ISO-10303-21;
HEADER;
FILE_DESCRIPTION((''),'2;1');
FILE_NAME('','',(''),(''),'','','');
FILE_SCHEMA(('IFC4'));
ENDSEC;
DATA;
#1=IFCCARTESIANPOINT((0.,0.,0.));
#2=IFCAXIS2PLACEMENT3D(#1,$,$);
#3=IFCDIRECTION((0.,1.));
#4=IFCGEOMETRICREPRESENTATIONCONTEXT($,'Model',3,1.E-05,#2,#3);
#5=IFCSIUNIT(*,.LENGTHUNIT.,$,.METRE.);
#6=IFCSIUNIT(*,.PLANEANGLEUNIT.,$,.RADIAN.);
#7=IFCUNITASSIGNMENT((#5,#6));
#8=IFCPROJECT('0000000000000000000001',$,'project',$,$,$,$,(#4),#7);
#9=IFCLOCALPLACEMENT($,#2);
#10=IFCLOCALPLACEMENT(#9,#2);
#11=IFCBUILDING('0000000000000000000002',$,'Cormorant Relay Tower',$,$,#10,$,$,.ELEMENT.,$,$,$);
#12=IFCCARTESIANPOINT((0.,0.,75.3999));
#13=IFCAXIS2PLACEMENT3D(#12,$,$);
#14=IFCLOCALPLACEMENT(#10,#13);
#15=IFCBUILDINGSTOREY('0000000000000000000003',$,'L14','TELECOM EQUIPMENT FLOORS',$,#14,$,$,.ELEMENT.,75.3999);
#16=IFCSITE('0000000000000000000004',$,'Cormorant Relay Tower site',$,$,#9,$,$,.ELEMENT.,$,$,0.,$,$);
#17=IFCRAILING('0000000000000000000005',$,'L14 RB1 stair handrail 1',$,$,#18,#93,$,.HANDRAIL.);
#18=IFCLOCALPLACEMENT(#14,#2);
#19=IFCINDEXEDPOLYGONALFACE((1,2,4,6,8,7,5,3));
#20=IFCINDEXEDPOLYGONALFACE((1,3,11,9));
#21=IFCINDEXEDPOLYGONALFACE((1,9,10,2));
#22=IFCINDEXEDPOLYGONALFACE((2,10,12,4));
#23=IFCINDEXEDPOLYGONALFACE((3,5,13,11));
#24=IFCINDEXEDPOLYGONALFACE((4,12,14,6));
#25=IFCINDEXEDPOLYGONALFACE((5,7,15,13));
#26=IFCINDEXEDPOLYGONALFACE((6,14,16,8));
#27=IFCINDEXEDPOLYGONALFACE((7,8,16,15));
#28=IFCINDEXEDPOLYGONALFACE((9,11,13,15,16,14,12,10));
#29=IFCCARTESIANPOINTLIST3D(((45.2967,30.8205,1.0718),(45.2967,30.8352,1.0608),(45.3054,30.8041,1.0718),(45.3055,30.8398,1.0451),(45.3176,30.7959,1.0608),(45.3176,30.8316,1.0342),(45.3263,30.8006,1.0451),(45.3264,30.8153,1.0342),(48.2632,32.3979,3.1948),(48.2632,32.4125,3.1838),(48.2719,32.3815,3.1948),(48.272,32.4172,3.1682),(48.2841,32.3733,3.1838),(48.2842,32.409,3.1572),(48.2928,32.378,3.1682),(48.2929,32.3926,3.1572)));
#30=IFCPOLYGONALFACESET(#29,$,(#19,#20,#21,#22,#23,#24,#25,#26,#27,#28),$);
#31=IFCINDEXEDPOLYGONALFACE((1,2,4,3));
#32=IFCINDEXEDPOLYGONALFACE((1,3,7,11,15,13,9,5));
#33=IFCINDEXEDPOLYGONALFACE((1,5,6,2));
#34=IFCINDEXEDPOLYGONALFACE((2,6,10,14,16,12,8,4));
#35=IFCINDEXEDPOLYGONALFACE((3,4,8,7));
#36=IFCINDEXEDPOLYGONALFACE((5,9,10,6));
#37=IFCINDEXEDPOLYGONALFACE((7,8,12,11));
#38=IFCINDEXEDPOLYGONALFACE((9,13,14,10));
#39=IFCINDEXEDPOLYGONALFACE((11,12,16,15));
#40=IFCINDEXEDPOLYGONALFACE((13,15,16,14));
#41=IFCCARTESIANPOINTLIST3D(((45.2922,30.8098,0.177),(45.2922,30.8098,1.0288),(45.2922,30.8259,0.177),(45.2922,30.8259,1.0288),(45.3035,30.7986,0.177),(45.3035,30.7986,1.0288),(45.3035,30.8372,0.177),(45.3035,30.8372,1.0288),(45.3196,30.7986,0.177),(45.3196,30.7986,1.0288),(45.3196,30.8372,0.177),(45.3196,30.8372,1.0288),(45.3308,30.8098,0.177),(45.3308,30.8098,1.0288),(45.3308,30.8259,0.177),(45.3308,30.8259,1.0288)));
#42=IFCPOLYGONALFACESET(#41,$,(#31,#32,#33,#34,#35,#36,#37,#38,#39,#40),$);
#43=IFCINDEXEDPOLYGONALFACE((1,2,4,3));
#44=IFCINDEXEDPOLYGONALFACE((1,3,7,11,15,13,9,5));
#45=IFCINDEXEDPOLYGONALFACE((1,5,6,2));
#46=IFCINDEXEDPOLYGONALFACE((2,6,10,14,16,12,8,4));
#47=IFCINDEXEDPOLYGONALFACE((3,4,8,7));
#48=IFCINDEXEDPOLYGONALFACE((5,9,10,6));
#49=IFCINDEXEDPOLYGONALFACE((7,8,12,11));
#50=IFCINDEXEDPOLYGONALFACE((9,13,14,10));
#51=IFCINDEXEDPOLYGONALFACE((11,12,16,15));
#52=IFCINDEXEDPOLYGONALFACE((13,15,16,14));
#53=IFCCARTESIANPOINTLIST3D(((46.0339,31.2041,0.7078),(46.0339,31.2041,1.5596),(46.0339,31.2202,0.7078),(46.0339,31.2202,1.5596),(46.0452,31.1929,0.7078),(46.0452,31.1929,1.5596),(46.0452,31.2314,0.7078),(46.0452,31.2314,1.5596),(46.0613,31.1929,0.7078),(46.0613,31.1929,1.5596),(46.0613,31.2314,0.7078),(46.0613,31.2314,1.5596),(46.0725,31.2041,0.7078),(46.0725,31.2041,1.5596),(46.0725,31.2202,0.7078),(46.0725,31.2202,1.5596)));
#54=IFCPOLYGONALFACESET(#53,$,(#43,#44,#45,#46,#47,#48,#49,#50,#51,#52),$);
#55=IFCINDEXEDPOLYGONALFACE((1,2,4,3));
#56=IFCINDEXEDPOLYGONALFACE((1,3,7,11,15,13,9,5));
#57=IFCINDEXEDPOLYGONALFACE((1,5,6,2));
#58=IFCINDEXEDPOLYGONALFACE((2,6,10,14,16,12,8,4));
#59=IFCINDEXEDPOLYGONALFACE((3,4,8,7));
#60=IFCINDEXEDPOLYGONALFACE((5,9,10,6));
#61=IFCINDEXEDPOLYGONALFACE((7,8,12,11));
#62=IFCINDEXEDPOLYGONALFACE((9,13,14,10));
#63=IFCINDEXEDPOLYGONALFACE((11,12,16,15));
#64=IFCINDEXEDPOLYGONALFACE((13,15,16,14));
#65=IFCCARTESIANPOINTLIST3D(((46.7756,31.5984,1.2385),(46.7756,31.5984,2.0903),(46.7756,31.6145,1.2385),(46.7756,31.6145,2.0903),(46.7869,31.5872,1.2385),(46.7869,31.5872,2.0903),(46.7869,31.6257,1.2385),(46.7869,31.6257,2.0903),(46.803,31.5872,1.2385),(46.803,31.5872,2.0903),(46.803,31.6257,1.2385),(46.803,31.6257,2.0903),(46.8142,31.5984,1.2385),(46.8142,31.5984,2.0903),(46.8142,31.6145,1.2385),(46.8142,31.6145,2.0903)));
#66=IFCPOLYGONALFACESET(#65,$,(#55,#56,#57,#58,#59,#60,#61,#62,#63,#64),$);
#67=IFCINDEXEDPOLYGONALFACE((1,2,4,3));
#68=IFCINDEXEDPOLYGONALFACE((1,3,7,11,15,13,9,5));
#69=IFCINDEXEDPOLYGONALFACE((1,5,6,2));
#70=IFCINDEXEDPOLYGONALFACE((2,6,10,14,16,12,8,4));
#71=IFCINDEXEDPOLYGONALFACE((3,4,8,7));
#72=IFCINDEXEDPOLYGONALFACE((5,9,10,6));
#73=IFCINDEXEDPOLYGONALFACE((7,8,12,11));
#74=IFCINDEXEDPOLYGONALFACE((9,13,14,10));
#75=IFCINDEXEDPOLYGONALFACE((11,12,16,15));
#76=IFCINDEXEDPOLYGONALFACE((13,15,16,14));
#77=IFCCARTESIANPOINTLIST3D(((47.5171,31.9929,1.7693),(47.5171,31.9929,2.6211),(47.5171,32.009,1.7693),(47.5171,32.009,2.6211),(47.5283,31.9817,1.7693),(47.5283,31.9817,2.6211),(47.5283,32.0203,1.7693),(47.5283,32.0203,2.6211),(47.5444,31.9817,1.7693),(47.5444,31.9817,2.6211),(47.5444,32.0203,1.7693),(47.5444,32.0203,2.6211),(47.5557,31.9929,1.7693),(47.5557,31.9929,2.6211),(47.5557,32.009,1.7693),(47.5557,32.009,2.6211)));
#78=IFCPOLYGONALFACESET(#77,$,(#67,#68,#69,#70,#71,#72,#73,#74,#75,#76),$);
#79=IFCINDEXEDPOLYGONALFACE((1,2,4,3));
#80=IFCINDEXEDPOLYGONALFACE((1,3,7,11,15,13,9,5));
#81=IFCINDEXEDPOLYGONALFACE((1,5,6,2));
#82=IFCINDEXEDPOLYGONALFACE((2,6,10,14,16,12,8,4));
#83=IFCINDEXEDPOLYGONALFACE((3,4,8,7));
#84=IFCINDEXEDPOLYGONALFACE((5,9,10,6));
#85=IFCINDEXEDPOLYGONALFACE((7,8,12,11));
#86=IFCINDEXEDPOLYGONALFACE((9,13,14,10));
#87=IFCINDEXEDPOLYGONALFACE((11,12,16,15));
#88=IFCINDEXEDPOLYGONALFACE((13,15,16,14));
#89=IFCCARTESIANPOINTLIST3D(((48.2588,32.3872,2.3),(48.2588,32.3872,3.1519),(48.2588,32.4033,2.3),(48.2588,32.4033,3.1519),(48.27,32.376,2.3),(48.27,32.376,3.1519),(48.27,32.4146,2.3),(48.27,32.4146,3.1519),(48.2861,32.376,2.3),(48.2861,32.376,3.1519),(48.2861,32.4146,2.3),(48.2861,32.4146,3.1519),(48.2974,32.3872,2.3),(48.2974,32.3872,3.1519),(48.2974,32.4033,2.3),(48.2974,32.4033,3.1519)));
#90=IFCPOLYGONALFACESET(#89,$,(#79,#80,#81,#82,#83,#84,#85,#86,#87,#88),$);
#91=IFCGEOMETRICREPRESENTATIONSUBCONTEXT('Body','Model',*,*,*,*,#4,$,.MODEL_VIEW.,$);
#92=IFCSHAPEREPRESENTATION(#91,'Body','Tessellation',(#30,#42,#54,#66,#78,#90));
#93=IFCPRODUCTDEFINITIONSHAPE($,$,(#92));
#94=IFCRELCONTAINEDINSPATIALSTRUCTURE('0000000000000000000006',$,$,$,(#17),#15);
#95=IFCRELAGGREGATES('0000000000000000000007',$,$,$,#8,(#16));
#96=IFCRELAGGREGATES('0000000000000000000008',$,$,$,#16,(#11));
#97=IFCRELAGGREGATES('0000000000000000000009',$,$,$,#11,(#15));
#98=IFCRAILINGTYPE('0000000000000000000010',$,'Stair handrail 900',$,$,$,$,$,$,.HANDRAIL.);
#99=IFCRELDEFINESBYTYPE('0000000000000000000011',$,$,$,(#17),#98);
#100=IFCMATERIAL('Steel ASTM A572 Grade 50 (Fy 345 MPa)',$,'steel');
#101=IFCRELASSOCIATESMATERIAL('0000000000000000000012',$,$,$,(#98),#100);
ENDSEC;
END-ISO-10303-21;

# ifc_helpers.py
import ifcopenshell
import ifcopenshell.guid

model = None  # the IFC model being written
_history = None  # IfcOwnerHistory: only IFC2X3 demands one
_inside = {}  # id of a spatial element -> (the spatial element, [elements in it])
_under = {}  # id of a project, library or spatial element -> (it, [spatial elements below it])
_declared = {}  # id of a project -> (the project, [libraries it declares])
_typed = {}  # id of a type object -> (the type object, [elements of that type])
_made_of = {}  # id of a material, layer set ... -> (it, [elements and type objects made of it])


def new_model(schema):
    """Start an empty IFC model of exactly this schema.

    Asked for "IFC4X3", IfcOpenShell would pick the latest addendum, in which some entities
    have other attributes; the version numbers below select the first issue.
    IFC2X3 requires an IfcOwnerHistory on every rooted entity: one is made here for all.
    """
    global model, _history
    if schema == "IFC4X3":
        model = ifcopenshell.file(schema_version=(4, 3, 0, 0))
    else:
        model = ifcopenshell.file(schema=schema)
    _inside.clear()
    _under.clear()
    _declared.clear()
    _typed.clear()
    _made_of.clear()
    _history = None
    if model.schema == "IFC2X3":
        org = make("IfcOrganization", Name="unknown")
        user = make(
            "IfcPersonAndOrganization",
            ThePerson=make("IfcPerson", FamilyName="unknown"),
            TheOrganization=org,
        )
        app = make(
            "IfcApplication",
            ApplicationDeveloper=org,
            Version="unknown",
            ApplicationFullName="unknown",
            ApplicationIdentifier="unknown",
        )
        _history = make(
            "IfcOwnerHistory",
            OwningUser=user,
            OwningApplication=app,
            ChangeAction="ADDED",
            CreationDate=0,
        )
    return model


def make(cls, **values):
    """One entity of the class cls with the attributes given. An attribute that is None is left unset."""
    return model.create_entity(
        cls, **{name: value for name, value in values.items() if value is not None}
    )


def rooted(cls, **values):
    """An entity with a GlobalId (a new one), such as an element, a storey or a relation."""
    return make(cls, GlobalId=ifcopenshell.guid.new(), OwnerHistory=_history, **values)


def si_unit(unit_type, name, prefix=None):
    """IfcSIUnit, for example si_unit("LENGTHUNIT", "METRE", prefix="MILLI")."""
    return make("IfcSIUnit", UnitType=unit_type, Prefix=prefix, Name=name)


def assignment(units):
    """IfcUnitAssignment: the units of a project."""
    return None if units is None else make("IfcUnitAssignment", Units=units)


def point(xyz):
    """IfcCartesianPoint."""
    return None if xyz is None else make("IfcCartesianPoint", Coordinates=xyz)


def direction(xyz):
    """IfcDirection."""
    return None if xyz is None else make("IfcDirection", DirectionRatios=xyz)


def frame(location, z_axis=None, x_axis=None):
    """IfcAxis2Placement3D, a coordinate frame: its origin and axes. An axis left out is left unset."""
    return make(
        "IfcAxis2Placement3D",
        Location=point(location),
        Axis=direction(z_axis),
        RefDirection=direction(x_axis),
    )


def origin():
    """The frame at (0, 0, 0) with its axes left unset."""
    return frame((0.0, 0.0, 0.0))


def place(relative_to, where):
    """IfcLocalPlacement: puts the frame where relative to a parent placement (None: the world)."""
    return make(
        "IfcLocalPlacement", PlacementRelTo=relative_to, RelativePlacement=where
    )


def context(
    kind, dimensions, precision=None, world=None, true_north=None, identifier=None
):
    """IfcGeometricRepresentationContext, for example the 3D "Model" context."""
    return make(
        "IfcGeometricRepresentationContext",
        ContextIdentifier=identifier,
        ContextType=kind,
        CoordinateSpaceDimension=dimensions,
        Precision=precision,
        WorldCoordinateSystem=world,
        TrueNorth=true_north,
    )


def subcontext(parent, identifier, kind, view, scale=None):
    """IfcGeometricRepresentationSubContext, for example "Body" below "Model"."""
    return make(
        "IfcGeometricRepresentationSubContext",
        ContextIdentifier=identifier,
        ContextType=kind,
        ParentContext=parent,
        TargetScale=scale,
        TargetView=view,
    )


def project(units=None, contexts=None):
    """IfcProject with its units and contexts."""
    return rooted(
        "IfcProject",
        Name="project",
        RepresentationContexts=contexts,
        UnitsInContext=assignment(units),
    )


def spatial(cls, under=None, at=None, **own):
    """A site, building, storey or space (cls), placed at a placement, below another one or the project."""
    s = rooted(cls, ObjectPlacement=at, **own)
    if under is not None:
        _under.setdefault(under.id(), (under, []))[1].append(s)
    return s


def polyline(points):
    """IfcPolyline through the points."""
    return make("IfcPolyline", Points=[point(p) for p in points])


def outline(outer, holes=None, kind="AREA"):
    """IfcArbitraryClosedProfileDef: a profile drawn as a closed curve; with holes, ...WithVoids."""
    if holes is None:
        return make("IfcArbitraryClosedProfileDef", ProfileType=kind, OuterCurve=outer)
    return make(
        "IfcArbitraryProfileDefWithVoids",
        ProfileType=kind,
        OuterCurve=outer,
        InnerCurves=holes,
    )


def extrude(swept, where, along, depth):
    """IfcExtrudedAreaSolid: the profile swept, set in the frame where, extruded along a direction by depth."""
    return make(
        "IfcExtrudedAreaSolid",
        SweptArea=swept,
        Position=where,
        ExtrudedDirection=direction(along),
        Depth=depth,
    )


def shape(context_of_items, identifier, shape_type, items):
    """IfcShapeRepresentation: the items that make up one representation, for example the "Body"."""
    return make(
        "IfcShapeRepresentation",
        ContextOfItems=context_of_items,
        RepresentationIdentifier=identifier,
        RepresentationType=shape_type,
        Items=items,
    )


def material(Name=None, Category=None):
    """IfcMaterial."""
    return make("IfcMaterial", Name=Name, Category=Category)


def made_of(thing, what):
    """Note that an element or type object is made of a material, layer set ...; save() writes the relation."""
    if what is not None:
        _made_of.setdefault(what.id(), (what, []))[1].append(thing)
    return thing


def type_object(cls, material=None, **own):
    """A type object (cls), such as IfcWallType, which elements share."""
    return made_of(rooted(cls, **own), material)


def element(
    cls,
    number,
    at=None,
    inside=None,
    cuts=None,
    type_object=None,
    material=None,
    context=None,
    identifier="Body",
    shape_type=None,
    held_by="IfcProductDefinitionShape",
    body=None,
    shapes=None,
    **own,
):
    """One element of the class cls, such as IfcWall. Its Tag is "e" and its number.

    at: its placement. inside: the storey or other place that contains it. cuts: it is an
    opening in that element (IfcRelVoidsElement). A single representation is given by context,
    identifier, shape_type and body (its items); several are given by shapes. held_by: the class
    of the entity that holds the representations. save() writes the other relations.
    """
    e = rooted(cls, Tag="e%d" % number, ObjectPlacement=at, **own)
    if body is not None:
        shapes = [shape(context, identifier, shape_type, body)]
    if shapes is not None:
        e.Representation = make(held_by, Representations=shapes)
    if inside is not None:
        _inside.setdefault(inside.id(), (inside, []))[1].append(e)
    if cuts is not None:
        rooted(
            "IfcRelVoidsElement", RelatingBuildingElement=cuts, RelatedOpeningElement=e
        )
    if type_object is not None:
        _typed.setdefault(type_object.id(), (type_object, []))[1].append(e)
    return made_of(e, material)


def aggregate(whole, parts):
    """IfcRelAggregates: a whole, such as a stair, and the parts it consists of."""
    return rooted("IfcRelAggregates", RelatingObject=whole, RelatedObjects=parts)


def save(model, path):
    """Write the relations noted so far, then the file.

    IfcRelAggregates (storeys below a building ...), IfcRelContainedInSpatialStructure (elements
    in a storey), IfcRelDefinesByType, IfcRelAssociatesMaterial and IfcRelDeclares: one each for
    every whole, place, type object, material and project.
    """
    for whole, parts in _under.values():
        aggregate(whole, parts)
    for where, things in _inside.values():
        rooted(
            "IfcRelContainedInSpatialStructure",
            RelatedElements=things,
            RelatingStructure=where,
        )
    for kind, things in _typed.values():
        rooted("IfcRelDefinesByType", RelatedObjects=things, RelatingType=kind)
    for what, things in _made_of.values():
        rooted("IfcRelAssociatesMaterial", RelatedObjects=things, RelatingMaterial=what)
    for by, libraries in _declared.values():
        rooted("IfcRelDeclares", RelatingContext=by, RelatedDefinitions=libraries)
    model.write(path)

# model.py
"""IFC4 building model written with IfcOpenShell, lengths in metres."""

from ifc_helpers import new_model, si_unit, direction, frame, origin, place, context, subcontext, project, spatial, polyline, outline, extrude, material, type_object, element, save


model = new_model("IFC4")

# Units and contexts
model_context = context("Model", 3, precision=1e-05, world=origin(), true_north=direction((0.0, 1.0)))
body_context = subcontext(model_context, "Body", "Model", "MODEL_VIEW")
ifc_project = project(units=[si_unit("LENGTHUNIT", "METRE"), si_unit("PLANEANGLEUNIT", "RADIAN")], contexts=[model_context])

# Site, building, storey
site_placement = place(None, origin())
site = spatial("IfcSite", under=ifc_project, at=site_placement, Name="Cormorant Relay Tower site", CompositionType="ELEMENT", RefElevation=0.0)
building_placement = place(site_placement, origin())
building = spatial("IfcBuilding", under=site, at=building_placement, Name="Cormorant Relay Tower", CompositionType="ELEMENT")
storey_placement = place(building_placement, frame((0.0, 0.0, 75.3999)))
storey = spatial("IfcBuildingStorey", under=building, at=storey_placement, Name="L14", Description="TELECOM EQUIPMENT FLOORS", CompositionType="ELEMENT", Elevation=75.3999)

# Railing
ifc_material_1 = material(Name="Steel ASTM A572 Grade 50 (Fy 345 MPa)", Category="steel")
railing_type_1 = type_object("IfcRailingType", Name="Stair handrail 900", PredefinedType="HANDRAIL", material=ifc_material_1)
railing_1_placement = place(storey_placement, frame((45.3115, 30.8179, 0.177)))
element("IfcRailing", 1, at=railing_1_placement, inside=storey, type_object=railing_type_1, Name="L14 RB1 stair handrail 1", PredefinedType="HANDRAIL", context=body_context, shape_type="SweptSolid", body=[
    extrude(outline(polyline([(0.0222, 0.0093), (0.0093, 0.0222), (-0.0093, 0.0222), (-0.0222, 0.0093), (-0.0222, -0.0093), (-0.0093, -0.0222), (0.0093, -0.0222), (0.0222, -0.0093), (0.0222, 0.0093)])), frame((0.0, 0.0, 0.876), z_axis=(0.746413, 0.396887, 0.534179), x_axis=(-0.469483, 0.882942, 0.0)), (0.0, 0.0, 1.0), 3.9744),
    extrude(outline(polyline([(0.0193, 0.0081), (0.0081, 0.0193), (-0.0081, 0.0193), (-0.0193, 0.0081), (-0.0193, -0.0081), (-0.0081, -0.0193), (0.0081, -0.0193), (0.0193, -0.0081), (0.0193, 0.0081)])), origin(), (0.0, 0.0, 1.0), 0.8518),
    extrude(outline(polyline([(0.0193, 0.0081), (0.0081, 0.0193), (-0.0081, 0.0193), (-0.0193, 0.0081), (-0.0193, -0.0081), (-0.0081, -0.0193), (0.0081, -0.0193), (0.0193, -0.0081), (0.0193, 0.0081)])), frame((0.7417, 0.3943, 0.5308)), (0.0, 0.0, 1.0), 0.8518),
    extrude(outline(polyline([(0.0193, 0.0081), (0.0081, 0.0193), (-0.0081, 0.0193), (-0.0193, 0.0081), (-0.0193, -0.0081), (-0.0081, -0.0193), (0.0081, -0.0193), (0.0193, -0.0081), (0.0193, 0.0081)])), frame((1.4834, 0.7886, 1.0615)), (0.0, 0.0, 1.0), 0.8518),
    extrude(outline(polyline([(0.0193, 0.0081), (0.0081, 0.0193), (-0.0081, 0.0193), (-0.0193, 0.0081), (-0.0193, -0.0081), (-0.0081, -0.0193), (0.0081, -0.0193), (0.0193, -0.0081), (0.0193, 0.0081)])), frame((2.2249, 1.1831, 1.5923)), (0.0, 0.0, 1.0), 0.8518),
    extrude(outline(polyline([(0.0193, 0.0081), (0.0081, 0.0193), (-0.0081, 0.0193), (-0.0193, 0.0081), (-0.0193, -0.0081), (-0.0081, -0.0193), (0.0081, -0.0193), (0.0193, -0.0081), (0.0193, 0.0081)])), frame((2.9666, 1.5774, 2.123)), (0.0, 0.0, 1.0), 0.8518),
])

save(model, "model.ifc")
